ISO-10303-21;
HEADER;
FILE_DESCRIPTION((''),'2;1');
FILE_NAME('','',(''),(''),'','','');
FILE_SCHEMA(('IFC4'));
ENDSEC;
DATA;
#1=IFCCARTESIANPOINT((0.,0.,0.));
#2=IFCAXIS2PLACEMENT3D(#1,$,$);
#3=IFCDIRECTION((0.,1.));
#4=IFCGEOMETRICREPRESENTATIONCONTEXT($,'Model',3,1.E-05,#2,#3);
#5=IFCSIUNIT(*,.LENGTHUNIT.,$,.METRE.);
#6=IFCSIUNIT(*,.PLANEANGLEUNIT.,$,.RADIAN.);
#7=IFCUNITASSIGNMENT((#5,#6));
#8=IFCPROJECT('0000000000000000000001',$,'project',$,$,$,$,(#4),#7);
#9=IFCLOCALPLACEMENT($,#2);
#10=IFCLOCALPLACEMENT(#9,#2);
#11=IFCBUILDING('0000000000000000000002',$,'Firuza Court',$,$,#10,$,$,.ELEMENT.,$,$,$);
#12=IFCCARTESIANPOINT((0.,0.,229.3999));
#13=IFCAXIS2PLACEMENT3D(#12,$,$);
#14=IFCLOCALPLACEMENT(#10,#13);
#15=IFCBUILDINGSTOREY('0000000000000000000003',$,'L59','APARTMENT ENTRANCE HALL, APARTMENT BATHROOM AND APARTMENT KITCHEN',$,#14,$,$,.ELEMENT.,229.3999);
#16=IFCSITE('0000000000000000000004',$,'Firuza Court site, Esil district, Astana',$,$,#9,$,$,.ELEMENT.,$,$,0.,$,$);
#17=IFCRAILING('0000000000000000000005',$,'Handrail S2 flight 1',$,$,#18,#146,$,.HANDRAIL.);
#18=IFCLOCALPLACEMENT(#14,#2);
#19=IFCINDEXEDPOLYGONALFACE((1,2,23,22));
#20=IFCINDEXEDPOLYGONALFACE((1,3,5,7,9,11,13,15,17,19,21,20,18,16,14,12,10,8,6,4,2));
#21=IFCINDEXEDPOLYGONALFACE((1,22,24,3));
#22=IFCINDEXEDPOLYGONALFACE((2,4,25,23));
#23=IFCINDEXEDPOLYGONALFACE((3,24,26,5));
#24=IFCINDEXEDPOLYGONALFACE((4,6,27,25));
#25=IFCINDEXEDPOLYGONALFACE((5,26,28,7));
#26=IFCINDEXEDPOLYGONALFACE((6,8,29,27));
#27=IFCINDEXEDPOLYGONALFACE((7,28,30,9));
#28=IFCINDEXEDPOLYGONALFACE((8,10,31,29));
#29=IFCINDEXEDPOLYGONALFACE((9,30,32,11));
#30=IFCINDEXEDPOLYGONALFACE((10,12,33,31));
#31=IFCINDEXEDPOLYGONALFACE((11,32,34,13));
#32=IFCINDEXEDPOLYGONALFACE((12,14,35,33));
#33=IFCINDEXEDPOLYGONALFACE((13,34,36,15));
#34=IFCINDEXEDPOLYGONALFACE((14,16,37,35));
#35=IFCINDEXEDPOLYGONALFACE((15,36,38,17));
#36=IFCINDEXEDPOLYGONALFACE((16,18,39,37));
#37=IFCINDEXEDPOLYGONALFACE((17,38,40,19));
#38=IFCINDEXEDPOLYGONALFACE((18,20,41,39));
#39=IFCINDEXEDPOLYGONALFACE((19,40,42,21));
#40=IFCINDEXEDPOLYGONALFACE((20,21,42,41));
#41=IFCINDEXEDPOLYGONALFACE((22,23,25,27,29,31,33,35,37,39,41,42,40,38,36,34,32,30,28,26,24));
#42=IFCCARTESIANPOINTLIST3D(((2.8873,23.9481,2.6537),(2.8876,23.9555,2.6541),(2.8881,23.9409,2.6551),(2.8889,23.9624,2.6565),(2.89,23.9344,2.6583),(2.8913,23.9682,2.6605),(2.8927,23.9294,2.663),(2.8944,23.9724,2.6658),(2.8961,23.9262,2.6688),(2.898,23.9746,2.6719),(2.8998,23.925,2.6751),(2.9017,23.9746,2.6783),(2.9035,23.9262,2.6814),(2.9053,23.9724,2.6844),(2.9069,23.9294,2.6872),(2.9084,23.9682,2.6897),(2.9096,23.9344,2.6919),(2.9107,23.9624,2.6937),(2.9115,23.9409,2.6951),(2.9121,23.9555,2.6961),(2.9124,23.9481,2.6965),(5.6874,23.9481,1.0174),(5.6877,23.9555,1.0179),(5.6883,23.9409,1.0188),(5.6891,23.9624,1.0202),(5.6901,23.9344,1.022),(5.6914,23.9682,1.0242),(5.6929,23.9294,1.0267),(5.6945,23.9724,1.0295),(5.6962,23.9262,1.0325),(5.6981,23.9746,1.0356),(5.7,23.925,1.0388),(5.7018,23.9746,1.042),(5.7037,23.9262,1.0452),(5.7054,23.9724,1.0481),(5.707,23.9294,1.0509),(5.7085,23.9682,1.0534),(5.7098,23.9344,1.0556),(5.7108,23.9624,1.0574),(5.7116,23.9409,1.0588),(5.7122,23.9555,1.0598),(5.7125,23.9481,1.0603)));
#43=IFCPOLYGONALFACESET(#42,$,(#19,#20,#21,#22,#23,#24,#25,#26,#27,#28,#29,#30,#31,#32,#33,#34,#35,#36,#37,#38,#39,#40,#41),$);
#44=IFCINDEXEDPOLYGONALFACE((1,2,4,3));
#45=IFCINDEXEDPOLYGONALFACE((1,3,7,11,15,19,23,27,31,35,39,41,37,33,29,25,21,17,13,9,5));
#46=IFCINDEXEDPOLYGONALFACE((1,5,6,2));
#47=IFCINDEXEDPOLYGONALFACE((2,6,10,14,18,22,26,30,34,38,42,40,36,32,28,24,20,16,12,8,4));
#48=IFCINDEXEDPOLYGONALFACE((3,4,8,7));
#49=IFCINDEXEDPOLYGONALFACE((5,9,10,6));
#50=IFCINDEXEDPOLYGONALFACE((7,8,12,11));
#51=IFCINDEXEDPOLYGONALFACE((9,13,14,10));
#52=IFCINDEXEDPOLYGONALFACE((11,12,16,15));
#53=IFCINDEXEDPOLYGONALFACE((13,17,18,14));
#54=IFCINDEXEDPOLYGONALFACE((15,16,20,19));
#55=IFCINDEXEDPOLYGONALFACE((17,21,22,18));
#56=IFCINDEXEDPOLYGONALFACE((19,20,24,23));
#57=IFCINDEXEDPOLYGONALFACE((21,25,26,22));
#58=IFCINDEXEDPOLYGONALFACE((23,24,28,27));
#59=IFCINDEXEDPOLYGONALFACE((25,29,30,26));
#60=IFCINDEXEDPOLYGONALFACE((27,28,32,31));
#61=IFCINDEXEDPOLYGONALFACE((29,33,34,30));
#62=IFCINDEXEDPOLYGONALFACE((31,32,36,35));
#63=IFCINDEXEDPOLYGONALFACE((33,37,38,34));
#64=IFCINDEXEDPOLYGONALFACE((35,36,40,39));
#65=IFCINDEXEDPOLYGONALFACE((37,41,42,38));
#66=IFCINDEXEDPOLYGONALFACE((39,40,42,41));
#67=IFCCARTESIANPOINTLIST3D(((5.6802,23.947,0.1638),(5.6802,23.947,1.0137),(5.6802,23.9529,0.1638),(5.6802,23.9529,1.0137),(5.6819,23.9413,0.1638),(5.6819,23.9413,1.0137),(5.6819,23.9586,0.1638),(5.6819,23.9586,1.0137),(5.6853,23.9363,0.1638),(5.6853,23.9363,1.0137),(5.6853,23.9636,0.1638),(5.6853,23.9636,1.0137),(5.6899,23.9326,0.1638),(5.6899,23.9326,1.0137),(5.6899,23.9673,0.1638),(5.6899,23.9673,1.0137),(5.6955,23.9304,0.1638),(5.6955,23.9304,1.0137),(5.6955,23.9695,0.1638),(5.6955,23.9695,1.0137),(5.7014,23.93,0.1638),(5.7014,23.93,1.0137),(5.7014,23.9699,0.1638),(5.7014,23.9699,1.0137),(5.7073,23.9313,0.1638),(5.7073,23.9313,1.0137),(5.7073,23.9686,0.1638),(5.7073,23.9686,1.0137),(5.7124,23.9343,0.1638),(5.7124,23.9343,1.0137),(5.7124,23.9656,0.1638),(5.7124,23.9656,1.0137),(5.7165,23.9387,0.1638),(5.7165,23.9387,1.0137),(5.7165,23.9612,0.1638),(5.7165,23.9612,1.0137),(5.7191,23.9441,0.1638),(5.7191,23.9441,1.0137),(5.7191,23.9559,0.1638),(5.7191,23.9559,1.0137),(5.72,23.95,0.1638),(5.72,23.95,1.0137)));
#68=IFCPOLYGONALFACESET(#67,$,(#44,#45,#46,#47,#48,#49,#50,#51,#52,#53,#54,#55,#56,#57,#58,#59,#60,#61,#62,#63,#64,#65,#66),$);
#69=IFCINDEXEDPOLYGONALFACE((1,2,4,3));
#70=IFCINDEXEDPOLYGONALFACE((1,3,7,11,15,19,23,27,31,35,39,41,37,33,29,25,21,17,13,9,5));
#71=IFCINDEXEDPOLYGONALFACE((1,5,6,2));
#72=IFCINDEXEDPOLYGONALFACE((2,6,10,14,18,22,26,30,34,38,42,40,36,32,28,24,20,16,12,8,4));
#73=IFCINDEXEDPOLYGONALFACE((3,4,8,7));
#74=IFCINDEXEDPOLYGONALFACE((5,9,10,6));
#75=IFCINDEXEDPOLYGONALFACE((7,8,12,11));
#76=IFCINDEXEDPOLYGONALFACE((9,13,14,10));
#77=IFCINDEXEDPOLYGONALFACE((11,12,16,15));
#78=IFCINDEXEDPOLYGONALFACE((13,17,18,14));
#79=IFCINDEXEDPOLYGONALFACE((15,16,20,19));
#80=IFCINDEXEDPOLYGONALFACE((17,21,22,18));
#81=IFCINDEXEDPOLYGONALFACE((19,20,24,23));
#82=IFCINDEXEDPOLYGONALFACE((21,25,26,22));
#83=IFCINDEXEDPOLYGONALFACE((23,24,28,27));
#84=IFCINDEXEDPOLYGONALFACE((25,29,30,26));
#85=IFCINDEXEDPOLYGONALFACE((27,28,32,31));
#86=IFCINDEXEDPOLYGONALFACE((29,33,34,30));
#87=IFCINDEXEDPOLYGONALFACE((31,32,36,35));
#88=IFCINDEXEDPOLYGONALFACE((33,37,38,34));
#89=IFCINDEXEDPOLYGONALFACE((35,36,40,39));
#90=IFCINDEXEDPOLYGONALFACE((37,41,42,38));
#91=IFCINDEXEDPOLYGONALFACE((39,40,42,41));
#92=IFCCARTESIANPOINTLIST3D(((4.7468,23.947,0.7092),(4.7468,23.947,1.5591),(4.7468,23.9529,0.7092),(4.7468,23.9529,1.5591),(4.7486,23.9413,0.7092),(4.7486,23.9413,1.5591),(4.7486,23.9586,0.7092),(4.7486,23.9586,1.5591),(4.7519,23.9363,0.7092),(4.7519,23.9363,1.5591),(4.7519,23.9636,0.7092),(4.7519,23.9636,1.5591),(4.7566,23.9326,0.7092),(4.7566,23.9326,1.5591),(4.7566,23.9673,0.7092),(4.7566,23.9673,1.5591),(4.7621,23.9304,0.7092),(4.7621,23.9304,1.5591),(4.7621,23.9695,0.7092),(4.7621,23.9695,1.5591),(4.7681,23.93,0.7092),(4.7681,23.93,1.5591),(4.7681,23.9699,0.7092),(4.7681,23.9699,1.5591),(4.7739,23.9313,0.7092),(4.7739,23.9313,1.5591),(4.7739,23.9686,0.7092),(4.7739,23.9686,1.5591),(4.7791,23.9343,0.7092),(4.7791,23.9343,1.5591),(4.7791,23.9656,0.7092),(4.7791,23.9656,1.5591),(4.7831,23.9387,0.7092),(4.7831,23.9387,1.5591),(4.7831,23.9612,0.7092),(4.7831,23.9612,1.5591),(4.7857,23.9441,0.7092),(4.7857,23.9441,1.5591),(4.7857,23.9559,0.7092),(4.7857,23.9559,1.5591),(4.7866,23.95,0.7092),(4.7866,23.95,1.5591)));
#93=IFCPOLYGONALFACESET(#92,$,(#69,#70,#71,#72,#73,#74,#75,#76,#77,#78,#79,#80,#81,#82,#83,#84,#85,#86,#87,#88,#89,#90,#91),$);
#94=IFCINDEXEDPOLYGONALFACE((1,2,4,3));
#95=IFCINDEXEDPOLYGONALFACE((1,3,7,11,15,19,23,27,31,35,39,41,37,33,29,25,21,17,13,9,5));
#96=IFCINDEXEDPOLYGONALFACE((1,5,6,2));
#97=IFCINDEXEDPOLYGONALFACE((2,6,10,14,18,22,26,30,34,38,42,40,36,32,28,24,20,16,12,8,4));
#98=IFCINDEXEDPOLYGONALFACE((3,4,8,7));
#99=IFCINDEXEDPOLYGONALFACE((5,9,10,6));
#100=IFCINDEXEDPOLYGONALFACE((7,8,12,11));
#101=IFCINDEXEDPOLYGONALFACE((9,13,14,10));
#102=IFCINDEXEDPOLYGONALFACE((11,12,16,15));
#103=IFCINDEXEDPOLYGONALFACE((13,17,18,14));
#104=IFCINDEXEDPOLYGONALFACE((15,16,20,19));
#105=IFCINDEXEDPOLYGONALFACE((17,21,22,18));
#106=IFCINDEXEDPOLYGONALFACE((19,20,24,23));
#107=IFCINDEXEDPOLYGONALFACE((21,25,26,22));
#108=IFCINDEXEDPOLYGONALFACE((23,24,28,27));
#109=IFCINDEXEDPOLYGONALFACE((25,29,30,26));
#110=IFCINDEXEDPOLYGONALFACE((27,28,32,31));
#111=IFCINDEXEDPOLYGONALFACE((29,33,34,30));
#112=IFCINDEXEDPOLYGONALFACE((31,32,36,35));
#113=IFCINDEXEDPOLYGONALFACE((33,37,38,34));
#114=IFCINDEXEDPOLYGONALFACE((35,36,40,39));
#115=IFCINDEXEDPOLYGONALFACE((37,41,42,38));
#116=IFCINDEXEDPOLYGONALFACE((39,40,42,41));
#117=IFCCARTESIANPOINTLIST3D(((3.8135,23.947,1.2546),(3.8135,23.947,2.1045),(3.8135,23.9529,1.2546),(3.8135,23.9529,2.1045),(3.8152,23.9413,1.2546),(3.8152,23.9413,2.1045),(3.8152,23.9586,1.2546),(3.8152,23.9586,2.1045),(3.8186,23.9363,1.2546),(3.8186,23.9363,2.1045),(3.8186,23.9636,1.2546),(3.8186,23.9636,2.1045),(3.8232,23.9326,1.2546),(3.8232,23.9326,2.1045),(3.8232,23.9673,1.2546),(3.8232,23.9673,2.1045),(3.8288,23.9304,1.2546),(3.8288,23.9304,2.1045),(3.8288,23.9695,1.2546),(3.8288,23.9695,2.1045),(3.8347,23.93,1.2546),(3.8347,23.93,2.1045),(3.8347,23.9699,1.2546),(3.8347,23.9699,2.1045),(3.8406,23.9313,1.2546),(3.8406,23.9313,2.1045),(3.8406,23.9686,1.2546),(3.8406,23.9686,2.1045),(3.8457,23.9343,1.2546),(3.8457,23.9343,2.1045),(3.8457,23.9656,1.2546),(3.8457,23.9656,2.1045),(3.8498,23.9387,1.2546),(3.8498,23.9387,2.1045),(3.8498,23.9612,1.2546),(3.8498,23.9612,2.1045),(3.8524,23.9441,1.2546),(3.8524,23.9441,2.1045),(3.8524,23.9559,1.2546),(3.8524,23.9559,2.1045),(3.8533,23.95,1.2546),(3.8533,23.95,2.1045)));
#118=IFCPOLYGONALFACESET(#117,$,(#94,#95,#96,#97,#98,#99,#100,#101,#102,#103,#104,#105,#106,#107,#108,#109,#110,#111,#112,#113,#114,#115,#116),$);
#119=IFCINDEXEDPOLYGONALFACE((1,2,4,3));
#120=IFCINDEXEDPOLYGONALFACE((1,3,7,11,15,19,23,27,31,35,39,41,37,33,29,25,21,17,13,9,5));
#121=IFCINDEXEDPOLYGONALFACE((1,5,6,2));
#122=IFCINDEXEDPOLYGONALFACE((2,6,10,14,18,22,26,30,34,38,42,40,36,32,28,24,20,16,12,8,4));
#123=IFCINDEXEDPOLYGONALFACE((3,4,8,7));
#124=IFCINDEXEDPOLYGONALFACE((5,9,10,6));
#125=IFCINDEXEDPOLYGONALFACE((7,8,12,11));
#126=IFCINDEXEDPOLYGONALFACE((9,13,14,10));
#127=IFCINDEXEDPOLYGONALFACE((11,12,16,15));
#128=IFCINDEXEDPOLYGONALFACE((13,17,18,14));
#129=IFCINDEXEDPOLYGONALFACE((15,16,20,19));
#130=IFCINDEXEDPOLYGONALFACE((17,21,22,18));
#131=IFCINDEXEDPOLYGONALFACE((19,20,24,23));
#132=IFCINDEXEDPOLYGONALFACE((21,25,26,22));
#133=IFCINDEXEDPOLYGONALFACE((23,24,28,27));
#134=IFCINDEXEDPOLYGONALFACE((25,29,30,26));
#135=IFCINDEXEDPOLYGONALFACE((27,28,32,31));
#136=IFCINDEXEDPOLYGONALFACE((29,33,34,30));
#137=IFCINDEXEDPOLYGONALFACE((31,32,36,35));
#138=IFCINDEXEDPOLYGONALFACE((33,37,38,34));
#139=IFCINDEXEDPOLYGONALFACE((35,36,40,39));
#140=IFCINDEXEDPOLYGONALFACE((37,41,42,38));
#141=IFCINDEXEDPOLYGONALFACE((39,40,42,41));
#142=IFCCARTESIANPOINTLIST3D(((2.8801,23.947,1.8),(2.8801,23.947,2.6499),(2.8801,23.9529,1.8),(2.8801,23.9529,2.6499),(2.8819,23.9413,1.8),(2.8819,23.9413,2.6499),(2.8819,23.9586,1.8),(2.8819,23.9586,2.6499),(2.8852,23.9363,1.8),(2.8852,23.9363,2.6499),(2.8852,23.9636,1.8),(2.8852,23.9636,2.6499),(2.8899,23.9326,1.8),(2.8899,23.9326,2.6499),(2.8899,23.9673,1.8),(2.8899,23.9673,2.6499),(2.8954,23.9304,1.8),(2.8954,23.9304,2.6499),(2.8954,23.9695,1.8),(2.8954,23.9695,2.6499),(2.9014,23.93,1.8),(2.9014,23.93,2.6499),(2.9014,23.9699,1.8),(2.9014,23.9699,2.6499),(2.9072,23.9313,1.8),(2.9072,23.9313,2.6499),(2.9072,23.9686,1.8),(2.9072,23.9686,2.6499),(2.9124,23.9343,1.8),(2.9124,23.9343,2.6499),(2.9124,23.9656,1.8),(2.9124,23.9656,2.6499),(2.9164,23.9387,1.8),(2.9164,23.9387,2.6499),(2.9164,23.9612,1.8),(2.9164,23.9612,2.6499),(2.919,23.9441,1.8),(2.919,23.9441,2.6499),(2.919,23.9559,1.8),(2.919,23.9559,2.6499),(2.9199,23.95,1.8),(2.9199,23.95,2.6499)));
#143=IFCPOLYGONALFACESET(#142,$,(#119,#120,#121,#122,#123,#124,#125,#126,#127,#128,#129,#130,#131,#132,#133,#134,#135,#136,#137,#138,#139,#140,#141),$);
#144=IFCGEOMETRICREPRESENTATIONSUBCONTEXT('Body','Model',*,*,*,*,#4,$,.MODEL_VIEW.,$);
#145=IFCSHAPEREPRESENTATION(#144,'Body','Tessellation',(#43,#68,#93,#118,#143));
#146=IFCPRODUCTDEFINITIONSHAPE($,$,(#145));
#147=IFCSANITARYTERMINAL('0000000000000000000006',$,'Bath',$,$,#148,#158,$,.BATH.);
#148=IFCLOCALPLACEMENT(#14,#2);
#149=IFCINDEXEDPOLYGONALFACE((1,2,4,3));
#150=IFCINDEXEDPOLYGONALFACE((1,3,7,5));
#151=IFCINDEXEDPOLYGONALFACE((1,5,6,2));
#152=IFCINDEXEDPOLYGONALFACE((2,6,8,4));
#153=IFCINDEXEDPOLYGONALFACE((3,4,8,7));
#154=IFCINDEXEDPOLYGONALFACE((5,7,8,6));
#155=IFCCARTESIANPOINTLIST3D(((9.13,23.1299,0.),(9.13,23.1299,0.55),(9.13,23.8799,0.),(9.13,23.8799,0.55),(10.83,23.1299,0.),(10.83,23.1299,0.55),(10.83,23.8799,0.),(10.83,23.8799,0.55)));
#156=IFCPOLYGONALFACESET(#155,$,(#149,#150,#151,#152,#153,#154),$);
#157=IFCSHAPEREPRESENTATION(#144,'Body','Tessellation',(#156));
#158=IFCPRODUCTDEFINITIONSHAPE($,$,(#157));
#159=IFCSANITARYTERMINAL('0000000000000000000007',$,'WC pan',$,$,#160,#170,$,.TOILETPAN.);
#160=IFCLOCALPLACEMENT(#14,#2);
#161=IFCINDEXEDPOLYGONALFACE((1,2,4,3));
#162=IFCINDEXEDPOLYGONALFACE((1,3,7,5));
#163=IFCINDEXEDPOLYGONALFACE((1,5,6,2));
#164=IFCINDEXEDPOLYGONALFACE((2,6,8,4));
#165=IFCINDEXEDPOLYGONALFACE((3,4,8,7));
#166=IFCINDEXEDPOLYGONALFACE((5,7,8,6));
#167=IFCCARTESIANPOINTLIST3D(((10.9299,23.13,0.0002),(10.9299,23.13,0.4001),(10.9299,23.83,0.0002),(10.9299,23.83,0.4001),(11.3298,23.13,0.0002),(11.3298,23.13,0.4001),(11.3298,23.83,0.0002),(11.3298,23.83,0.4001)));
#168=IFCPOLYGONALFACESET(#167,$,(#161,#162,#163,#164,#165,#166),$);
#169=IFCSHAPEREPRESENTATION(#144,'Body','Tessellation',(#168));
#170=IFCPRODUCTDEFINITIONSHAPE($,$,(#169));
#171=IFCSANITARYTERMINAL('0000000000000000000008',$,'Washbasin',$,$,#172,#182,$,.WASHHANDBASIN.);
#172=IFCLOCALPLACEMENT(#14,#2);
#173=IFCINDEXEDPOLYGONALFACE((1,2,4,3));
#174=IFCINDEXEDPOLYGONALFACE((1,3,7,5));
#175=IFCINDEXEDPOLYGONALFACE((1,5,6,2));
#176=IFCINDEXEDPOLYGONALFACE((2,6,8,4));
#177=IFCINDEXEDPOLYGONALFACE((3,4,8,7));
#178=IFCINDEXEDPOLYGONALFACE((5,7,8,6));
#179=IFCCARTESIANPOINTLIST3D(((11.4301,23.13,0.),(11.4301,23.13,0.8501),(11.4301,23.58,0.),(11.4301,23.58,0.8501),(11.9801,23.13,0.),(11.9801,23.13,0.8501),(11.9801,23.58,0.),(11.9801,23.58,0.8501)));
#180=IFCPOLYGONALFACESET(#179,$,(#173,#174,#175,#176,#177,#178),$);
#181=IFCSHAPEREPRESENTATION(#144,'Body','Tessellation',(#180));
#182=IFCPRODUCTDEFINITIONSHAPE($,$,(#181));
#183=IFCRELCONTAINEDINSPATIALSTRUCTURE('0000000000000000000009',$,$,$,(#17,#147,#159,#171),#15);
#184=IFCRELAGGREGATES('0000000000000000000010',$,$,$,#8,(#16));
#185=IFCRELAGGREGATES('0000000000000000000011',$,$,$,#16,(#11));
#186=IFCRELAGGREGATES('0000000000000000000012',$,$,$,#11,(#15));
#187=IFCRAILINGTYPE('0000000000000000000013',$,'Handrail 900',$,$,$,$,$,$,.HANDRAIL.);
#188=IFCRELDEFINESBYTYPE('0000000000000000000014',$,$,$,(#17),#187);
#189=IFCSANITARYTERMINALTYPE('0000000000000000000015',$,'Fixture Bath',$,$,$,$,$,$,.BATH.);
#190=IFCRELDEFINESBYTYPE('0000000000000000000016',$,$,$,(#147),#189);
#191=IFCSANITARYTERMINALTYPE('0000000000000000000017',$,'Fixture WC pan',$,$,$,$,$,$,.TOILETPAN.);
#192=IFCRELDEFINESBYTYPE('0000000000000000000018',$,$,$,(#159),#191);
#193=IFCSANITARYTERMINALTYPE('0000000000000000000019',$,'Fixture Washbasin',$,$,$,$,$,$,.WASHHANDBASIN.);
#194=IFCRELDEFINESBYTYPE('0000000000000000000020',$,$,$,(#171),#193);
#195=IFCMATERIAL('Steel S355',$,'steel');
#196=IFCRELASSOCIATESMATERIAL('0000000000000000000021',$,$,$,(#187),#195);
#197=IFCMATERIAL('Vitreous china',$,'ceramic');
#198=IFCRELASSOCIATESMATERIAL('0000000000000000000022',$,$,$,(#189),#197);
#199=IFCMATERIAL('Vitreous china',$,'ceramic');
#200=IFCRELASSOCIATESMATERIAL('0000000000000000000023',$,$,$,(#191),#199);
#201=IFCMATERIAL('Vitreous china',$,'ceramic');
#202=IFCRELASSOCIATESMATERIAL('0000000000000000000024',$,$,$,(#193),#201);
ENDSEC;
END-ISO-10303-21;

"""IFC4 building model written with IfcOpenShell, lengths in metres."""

from ifc_helpers import new_model, si_unit, direction, frame, origin, origin_2d, place, context, subcontext, project, spatial, rectangle, circle, extrude, material, type_object, element, save


model = new_model("IFC4")

# Units and contexts
model_context = context("Model", 3, precision=1e-05, world=origin(), true_north=direction((0.0, 1.0)))
body_context = subcontext(model_context, "Body", "Model", "MODEL_VIEW")
ifc_project = project(units=[si_unit("LENGTHUNIT", "METRE"), si_unit("PLANEANGLEUNIT", "RADIAN")], contexts=[model_context])

# Site, building, storey
site_placement = place(None, origin())
site = spatial("IfcSite", under=ifc_project, at=site_placement, Name="Firuza Court site, Esil district, Astana", CompositionType="ELEMENT", RefElevation=0.0)
building_placement = place(site_placement, origin())
building = spatial("IfcBuilding", under=site, at=building_placement, Name="Firuza Court", CompositionType="ELEMENT")
storey_placement = place(building_placement, frame((0.0, 0.0, 229.3999)))
storey = spatial("IfcBuildingStorey", under=building, at=storey_placement, Name="L59", Description="APARTMENT ENTRANCE HALL, APARTMENT BATHROOM AND APARTMENT KITCHEN", CompositionType="ELEMENT", Elevation=229.3999)

# Railing
ifc_material_1 = material(Name="Steel S355", Category="steel")
railing_type_1 = type_object("IfcRailingType", Name="Handrail 900", PredefinedType="HANDRAIL", material=ifc_material_1)
railing_1_placement = place(storey_placement, frame((5.7, 23.95, 0.1638)))
element("IfcRailing", 1, at=railing_1_placement, inside=storey, type_object=railing_type_1, Name="Handrail S2 flight 1", PredefinedType="HANDRAIL", context=body_context, shape_type="SweptSolid", body=[
    extrude(circle(Radius=0.0249, at=origin_2d()), frame((0.0, 0.0, 0.875), z_axis=(-0.863394, 0.0, 0.504531), x_axis=(0.0, -1.0, 0.0)), (0.0, 0.0, 1.0), 3.2432),
    extrude(circle(Radius=0.02, at=origin_2d()), origin(), (0.0, 0.0, 1.0), 0.8499),
    extrude(circle(Radius=0.02, at=origin_2d()), frame((-0.9333, 0.0, 0.5454)), (0.0, 0.0, 1.0), 0.8499),
    extrude(circle(Radius=0.02, at=origin_2d()), frame((-1.8667, 0.0, 1.0908)), (0.0, 0.0, 1.0), 0.8499),
    extrude(circle(Radius=0.02, at=origin_2d()), frame((-2.8, 0.0, 1.6362)), (0.0, 0.0, 1.0), 0.8499),
])

# Sanitary terminals
ifc_material_2 = material(Name="Vitreous china", Category="ceramic")
sanitary_terminal_type_1 = type_object("IfcSanitaryTerminalType", Name="Fixture Bath", PredefinedType="BATH", material=ifc_material_2)
sanitary_terminal_1_placement = place(storey_placement, frame((9.98, 23.5049, 0.0), z_axis=(0.0, 0.0, 1.0), x_axis=(1.0, 0.0, 0.0)))
element("IfcSanitaryTerminal", 2, at=sanitary_terminal_1_placement, inside=storey, type_object=sanitary_terminal_type_1, Name="Bath", PredefinedType="BATH", context=body_context, shape_type="SweptSolid", body=[
    extrude(rectangle(XDim=1.7, YDim=0.75, at=origin_2d()), origin(), (0.0, 0.0, 1.0), 0.55),
])
ifc_material_3 = material(Name="Vitreous china", Category="ceramic")
sanitary_terminal_type_2 = type_object("IfcSanitaryTerminalType", Name="Fixture WC pan", PredefinedType="TOILETPAN", material=ifc_material_3)
sanitary_terminal_2_placement = place(storey_placement, frame((11.1299, 23.48, 0.0002), z_axis=(0.0, 0.0, 1.0), x_axis=(1.0, 0.0, 0.0)))
element("IfcSanitaryTerminal", 3, at=sanitary_terminal_2_placement, inside=storey, type_object=sanitary_terminal_type_2, Name="WC pan", PredefinedType="TOILETPAN", context=body_context, shape_type="SweptSolid", body=[
    extrude(rectangle(XDim=0.3999, YDim=0.7, at=origin_2d()), origin(), (0.0, 0.0, 1.0), 0.3999),
])
ifc_material_4 = material(Name="Vitreous china", Category="ceramic")
sanitary_terminal_type_3 = type_object("IfcSanitaryTerminalType", Name="Fixture Washbasin", PredefinedType="WASHHANDBASIN", material=ifc_material_4)
sanitary_terminal_3_placement = place(storey_placement, frame((11.7051, 23.355, 0.0), z_axis=(0.0, 0.0, 1.0), x_axis=(1.0, 0.0, 0.0)))
element("IfcSanitaryTerminal", 4, at=sanitary_terminal_3_placement, inside=storey, type_object=sanitary_terminal_type_3, Name="Washbasin", PredefinedType="WASHHANDBASIN", context=body_context, shape_type="SweptSolid", body=[
    extrude(rectangle(XDim=0.55, YDim=0.45, at=origin_2d()), origin(), (0.0, 0.0, 1.0), 0.8501),
])

save(model, "model.ifc")
